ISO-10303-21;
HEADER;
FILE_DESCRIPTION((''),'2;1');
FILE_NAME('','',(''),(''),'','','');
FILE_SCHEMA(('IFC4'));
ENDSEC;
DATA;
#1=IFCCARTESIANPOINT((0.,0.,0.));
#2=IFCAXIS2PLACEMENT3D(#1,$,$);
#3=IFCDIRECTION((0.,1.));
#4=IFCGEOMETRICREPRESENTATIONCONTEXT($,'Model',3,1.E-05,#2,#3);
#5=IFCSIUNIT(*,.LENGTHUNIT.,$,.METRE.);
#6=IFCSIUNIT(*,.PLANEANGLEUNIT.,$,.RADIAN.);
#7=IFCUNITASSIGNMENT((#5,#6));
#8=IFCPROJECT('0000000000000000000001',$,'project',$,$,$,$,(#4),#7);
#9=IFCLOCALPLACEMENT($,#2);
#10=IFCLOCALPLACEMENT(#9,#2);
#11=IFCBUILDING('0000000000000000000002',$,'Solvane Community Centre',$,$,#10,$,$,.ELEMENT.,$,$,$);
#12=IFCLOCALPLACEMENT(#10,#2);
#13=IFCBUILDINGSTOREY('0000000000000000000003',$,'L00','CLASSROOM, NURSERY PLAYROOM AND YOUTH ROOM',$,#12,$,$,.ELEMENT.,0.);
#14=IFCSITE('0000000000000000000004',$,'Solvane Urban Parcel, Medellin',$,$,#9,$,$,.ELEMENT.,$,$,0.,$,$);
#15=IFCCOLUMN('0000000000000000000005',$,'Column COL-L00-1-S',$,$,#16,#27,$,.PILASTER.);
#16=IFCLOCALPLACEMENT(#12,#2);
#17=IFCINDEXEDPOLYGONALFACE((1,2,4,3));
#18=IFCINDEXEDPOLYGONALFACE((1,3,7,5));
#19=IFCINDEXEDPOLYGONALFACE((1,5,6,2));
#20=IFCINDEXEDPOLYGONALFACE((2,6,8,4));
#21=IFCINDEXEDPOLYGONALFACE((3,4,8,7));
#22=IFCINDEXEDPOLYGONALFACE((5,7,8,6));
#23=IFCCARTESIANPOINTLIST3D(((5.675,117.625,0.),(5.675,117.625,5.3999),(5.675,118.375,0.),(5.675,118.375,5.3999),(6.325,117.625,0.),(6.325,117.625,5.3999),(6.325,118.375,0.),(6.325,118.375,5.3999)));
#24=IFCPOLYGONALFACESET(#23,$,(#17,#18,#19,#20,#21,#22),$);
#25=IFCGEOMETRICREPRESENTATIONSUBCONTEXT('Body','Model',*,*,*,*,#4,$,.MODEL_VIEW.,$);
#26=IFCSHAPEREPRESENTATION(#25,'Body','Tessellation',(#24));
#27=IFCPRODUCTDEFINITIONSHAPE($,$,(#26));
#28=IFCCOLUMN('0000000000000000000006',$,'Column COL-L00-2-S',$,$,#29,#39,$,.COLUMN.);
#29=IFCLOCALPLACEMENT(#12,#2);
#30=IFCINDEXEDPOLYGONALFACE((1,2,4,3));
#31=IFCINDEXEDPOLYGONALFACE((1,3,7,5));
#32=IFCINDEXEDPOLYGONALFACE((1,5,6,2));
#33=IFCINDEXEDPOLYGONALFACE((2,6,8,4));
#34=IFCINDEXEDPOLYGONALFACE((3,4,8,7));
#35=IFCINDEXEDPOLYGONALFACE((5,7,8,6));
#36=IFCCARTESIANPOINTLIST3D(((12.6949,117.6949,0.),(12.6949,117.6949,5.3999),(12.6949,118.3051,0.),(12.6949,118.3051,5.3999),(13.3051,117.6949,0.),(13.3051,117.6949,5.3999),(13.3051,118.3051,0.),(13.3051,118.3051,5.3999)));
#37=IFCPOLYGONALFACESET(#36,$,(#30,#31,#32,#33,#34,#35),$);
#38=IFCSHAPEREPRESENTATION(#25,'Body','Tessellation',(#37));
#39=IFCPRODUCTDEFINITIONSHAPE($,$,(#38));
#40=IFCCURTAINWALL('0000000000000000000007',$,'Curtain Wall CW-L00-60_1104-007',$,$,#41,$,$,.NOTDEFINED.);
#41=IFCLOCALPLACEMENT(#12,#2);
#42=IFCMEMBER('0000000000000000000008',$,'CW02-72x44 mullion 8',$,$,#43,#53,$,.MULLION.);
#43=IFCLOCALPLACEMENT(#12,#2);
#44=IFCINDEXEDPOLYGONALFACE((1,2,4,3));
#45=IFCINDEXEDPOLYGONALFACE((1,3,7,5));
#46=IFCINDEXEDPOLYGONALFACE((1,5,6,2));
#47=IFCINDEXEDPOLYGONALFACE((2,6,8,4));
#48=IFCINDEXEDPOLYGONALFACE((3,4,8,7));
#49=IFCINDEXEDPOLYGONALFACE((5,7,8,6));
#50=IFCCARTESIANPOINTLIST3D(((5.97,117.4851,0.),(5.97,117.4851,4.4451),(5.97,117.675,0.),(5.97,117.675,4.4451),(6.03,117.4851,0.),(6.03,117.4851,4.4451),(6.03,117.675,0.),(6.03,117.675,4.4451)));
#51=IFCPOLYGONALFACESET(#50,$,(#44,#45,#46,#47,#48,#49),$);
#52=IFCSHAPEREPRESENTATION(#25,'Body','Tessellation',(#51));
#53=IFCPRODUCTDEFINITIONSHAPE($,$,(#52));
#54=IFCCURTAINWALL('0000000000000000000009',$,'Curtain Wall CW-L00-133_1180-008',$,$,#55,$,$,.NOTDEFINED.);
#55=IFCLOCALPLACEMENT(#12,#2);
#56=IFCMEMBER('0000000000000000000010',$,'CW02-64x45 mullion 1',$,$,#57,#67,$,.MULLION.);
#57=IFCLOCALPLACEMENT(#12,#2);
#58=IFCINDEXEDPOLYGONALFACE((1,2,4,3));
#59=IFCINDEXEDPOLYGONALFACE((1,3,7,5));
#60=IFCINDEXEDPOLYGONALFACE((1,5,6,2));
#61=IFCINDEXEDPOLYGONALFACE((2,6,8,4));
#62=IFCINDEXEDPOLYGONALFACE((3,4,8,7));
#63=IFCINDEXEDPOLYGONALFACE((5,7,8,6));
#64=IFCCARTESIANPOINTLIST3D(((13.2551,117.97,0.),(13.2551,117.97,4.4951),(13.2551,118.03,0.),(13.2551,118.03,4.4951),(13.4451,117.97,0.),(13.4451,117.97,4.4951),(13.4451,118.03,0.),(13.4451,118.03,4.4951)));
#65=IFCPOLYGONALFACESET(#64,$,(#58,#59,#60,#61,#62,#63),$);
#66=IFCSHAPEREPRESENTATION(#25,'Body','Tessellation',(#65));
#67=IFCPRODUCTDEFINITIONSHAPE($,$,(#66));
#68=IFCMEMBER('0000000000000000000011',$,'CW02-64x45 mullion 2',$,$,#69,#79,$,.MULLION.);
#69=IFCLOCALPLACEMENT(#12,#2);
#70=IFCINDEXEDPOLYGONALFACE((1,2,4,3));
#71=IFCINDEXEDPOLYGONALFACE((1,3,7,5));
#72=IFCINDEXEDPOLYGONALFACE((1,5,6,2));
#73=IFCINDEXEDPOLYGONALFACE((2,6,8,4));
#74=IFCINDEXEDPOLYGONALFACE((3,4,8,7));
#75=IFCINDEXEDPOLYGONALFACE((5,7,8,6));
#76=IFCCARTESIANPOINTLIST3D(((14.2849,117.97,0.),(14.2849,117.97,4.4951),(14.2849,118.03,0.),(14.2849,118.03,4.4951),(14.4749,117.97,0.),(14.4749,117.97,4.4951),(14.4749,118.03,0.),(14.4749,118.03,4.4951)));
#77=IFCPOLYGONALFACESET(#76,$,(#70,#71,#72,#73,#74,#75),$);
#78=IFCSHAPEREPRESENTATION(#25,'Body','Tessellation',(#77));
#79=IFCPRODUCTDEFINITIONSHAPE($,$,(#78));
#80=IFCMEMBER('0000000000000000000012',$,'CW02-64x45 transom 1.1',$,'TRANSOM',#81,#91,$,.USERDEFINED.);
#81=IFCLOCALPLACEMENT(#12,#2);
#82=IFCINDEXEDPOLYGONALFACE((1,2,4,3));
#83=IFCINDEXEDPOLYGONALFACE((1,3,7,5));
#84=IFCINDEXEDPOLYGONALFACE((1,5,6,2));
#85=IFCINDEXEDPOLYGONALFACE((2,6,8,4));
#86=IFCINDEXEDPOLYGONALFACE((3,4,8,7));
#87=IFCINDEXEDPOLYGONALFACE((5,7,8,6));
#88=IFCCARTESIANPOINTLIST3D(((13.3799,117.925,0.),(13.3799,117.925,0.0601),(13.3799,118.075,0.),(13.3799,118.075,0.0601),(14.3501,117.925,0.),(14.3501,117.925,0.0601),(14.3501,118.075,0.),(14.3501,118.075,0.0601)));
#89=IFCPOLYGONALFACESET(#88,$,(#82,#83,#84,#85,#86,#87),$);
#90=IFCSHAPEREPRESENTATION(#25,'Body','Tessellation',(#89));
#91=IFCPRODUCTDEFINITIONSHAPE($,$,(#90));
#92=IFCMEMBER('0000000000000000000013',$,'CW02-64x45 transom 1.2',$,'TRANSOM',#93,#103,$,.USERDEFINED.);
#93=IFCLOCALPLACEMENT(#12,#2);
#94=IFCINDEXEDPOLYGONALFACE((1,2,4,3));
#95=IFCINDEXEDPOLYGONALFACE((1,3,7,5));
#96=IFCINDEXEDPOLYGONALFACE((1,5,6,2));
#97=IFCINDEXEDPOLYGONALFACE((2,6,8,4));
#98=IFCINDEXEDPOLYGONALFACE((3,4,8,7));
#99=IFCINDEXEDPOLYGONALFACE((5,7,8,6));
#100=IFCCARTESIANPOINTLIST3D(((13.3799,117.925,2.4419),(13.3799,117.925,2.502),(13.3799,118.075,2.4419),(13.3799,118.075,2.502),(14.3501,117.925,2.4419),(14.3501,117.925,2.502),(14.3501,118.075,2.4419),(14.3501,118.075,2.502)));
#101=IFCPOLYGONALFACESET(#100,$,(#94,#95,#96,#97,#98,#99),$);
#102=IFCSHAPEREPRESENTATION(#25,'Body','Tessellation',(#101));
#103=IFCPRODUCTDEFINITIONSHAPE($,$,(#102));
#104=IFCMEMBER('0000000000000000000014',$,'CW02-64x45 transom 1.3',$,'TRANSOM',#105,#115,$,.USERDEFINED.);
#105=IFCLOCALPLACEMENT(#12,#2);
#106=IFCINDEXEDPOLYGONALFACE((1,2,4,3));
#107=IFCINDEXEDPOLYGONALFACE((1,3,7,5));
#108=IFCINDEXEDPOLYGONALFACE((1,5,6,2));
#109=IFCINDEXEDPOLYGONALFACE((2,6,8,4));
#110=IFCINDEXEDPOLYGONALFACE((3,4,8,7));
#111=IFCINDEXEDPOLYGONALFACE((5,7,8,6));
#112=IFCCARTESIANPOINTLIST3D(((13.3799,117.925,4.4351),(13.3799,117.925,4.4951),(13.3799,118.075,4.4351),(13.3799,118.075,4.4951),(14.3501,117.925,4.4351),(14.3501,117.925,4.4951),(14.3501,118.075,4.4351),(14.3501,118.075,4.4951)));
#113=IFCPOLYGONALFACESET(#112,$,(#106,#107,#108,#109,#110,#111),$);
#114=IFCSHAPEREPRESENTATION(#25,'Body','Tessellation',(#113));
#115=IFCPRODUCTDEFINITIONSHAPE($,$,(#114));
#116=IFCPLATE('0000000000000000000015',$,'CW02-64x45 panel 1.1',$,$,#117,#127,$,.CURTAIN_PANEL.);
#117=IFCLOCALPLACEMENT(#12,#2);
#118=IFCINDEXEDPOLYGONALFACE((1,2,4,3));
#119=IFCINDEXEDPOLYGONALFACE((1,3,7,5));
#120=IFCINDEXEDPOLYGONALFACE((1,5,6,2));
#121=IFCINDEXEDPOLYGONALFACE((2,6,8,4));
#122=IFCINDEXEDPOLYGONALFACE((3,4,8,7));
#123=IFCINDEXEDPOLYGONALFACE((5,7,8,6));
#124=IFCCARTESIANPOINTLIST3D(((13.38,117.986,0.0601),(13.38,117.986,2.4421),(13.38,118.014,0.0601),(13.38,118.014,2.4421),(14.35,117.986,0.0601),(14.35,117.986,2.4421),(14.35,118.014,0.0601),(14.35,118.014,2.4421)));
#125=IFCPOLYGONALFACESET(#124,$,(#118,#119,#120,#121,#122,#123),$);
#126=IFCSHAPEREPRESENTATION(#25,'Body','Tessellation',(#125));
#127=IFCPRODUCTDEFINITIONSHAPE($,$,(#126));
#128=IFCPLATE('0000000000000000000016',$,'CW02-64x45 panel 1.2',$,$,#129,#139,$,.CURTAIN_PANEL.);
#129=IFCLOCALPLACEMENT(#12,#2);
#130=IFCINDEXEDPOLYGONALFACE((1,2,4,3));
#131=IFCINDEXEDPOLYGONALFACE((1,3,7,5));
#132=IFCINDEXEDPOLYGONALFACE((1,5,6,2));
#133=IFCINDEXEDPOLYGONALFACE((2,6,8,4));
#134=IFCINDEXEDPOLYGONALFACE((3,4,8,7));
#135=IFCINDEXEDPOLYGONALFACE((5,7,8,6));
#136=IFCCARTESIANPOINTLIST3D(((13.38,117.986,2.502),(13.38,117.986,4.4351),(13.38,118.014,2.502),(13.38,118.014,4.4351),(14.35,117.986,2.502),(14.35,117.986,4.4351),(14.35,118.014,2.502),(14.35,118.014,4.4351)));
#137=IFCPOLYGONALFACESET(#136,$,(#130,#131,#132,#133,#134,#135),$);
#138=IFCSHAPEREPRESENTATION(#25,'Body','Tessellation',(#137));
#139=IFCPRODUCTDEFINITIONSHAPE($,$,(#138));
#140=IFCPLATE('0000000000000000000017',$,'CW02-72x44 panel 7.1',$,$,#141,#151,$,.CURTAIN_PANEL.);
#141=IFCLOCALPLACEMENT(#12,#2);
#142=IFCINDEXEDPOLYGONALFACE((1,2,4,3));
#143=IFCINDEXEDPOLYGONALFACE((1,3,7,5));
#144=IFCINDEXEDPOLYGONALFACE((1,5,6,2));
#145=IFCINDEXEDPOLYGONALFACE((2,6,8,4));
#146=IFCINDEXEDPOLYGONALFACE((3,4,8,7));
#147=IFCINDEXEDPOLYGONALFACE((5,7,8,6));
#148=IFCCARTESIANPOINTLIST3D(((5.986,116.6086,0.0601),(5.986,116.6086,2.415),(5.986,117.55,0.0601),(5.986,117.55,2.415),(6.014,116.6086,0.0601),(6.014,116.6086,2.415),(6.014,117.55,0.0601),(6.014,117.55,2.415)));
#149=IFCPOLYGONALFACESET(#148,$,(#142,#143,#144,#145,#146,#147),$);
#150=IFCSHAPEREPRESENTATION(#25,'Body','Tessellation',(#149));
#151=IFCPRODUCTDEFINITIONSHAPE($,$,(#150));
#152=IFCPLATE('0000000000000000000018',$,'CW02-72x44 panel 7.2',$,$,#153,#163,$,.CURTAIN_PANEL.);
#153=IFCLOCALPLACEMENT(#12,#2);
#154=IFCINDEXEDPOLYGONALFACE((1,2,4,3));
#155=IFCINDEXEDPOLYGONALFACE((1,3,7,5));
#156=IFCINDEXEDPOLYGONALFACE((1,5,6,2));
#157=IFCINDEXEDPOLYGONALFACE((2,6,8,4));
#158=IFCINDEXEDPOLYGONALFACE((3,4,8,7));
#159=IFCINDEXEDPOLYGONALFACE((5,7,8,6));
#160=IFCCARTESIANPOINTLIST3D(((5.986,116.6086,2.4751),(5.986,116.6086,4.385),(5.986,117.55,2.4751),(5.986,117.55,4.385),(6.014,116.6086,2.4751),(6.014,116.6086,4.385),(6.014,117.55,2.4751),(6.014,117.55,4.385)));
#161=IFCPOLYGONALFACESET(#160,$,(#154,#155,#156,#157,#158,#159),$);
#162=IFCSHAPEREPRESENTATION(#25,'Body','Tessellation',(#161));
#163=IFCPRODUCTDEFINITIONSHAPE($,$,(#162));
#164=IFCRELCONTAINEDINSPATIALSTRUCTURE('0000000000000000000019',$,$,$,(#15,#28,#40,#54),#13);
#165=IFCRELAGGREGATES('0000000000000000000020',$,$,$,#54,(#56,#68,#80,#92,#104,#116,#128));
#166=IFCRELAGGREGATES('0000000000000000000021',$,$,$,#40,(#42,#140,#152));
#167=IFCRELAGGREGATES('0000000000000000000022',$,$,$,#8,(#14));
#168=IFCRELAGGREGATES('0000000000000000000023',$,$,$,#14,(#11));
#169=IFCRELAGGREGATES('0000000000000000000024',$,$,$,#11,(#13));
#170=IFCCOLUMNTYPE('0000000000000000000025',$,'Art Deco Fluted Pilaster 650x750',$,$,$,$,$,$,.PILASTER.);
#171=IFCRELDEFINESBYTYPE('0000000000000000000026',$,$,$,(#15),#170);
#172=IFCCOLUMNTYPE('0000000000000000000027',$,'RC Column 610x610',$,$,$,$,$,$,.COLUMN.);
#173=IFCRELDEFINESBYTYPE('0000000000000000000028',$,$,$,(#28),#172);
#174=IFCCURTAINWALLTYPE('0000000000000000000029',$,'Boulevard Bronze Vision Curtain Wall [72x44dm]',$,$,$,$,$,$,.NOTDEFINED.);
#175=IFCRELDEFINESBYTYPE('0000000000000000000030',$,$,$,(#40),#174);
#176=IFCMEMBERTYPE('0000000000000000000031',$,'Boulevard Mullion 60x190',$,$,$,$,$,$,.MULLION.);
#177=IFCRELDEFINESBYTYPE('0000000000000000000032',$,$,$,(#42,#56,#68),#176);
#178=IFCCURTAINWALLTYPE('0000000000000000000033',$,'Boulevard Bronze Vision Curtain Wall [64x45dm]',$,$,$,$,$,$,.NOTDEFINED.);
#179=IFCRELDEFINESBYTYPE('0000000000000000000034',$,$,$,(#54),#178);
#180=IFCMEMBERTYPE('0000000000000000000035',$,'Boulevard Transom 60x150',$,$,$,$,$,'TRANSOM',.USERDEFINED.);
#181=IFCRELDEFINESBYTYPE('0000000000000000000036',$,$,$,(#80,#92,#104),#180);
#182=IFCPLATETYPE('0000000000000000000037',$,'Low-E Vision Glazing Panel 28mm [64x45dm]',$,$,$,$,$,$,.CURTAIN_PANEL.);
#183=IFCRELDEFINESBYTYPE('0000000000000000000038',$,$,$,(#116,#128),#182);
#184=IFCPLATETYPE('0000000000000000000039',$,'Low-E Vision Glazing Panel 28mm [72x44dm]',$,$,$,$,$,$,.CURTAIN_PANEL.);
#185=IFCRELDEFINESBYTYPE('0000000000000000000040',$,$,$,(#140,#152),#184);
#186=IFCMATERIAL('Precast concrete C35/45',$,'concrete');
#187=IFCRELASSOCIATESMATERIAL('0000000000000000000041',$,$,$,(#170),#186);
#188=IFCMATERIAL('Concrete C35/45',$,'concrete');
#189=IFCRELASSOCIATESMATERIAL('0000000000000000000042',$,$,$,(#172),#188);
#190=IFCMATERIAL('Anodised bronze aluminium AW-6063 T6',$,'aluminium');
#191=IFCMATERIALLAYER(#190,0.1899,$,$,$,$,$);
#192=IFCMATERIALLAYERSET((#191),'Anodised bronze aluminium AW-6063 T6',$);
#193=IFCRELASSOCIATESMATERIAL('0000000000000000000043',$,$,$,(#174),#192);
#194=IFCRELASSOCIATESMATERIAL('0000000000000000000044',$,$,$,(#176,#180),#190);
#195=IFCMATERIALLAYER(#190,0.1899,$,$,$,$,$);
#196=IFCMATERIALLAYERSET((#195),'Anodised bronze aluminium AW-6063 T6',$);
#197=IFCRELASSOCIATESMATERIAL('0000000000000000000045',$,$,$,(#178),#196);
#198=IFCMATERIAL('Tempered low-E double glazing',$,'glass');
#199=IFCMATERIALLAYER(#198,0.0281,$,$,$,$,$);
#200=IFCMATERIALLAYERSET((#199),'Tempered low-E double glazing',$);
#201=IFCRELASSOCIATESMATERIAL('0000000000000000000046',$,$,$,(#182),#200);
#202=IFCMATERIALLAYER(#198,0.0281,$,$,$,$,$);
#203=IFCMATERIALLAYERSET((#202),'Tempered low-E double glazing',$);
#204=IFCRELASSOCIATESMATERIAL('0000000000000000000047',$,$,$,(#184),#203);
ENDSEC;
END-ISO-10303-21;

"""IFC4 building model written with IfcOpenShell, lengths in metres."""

from ifc_helpers import new_model, si_unit, direction, frame, origin, origin_2d, place, context, subcontext, project, spatial, rectangle, extrude, material, layer, layer_set, material_profile, profile_set, type_object, element, aggregate, save


model = new_model("IFC4")

# Units and contexts
model_context = context("Model", 3, precision=1e-05, world=origin(), true_north=direction((0.0, 1.0)))
body_context = subcontext(model_context, "Body", "Model", "MODEL_VIEW")
ifc_project = project(units=[si_unit("LENGTHUNIT", "METRE"), si_unit("PLANEANGLEUNIT", "RADIAN")], contexts=[model_context])

# Site, building, storey
site_placement = place(None, origin())
site = spatial("IfcSite", under=ifc_project, at=site_placement, Name="Solvane Urban Parcel, Medellin", CompositionType="ELEMENT", RefElevation=0.0)
building_placement = place(site_placement, origin())
building = spatial("IfcBuilding", under=site, at=building_placement, Name="Solvane Community Centre", CompositionType="ELEMENT")
storey_placement = place(building_placement, origin())
storey = spatial("IfcBuildingStorey", under=building, at=storey_placement, Name="L00", Description="CLASSROOM, NURSERY PLAYROOM AND YOUTH ROOM", CompositionType="ELEMENT", Elevation=0.0)

# Columns
ifc_material_1 = material(Name="Precast concrete C35/45", Category="concrete")
ifc_material_profile_1 = material_profile(ifc_material_1, rectangle(XDim=0.6499, YDim=0.75, at=origin_2d()), Name="RC 650x750")
ifc_profile_set_1 = profile_set([ifc_material_profile_1], Name="Precast concrete C35/45")
column_type_1 = type_object("IfcColumnType", Name="Art Deco Fluted Pilaster 650x750", PredefinedType="PILASTER", material=ifc_profile_set_1)
column_1_placement = place(storey_placement, frame((6.0, 118.0, 0.0), z_axis=(0.0, 0.0, 1.0), x_axis=(1.0, 0.0, 0.0)))
element("IfcColumn", 1, at=column_1_placement, inside=storey, type_object=column_type_1, Name="Column COL-L00-1-S", PredefinedType="PILASTER", context=body_context, shape_type="SweptSolid", body=[
    extrude(rectangle(XDim=0.6499, YDim=0.75, at=origin_2d()), origin(), (0.0, 0.0, 1.0), 5.3999),
])
ifc_material_2 = material(Name="Concrete C35/45", Category="concrete")
ifc_material_profile_2 = material_profile(ifc_material_2, rectangle(XDim=0.6101, YDim=0.6101, at=origin_2d()), Name="RC 610x610")
ifc_profile_set_2 = profile_set([ifc_material_profile_2], Name="Concrete C35/45")
column_type_2 = type_object("IfcColumnType", Name="RC Column 610x610", PredefinedType="COLUMN", material=ifc_profile_set_2)
column_2_placement = place(storey_placement, frame((13.0, 118.0, 0.0), z_axis=(0.0, 0.0, 1.0), x_axis=(1.0, 0.0, 0.0)))
element("IfcColumn", 2, at=column_2_placement, inside=storey, type_object=column_type_2, Name="Column COL-L00-2-S", PredefinedType="COLUMN", context=body_context, shape_type="SweptSolid", body=[
    extrude(rectangle(XDim=0.6101, YDim=0.6101, at=origin_2d()), origin(), (0.0, 0.0, 1.0), 5.3999),
])

# Curtain wall, member
ifc_material_3 = material(Name="Anodised bronze aluminium AW-6063 T6", Category="aluminium")
ifc_layer_1 = layer(ifc_material_3, 0.1899)
ifc_layer_set_1 = layer_set([ifc_layer_1], Name="Anodised bronze aluminium AW-6063 T6")
curtain_wall_type_1 = type_object("IfcCurtainWallType", Name="Boulevard Bronze Vision Curtain Wall [72x44dm]", PredefinedType="NOTDEFINED", material=ifc_layer_set_1)
curtain_wall_1_placement = place(storey_placement, origin())
curtain_wall_1 = element("IfcCurtainWall", 3, at=curtain_wall_1_placement, inside=storey, type_object=curtain_wall_type_1, Name="Curtain Wall CW-L00-60_1104-007", PredefinedType="NOTDEFINED")
ifc_material_profile_3 = material_profile(ifc_material_3, rectangle(XDim=0.0601, YDim=0.1899, at=origin_2d()), Name="CW-M 60x190")
ifc_profile_set_3 = profile_set([ifc_material_profile_3], Name="Anodised bronze aluminium AW-6063 T6")
member_type_1 = type_object("IfcMemberType", Name="Boulevard Mullion 60x190", PredefinedType="MULLION", material=ifc_profile_set_3)
member_1_placement = place(storey_placement, frame((6.0, 117.5801, 0.0), z_axis=(0.0, 0.0, 1.0), x_axis=(-1.0, 0.0, 0.0)))
member_1 = element("IfcMember", 4, at=member_1_placement, type_object=member_type_1, Name="CW02-72x44 mullion 8", PredefinedType="MULLION", context=body_context, shape_type="SweptSolid", body=[
    extrude(rectangle(XDim=0.0601, YDim=0.1899, at=origin_2d()), origin(), (0.0, 0.0, 1.0), 4.4451),
])

# Curtain wall, members, plates
ifc_layer_2 = layer(ifc_material_3, 0.1899)
ifc_layer_set_2 = layer_set([ifc_layer_2], Name="Anodised bronze aluminium AW-6063 T6")
curtain_wall_type_2 = type_object("IfcCurtainWallType", Name="Boulevard Bronze Vision Curtain Wall [64x45dm]", PredefinedType="NOTDEFINED", material=ifc_layer_set_2)
curtain_wall_2_placement = place(storey_placement, origin())
curtain_wall_2 = element("IfcCurtainWall", 5, at=curtain_wall_2_placement, inside=storey, type_object=curtain_wall_type_2, Name="Curtain Wall CW-L00-133_1180-008", PredefinedType="NOTDEFINED")
member_2_placement = place(storey_placement, frame((13.3501, 118.0, 0.0), z_axis=(0.0, 0.0, 1.0), x_axis=(0.0, 1.0, 0.0)))
member_2 = element("IfcMember", 6, at=member_2_placement, type_object=member_type_1, Name="CW02-64x45 mullion 1", PredefinedType="MULLION", context=body_context, shape_type="SweptSolid", body=[
    extrude(rectangle(XDim=0.0601, YDim=0.1899, at=origin_2d()), origin(), (0.0, 0.0, 1.0), 4.4951),
])
member_3_placement = place(storey_placement, frame((14.3799, 118.0, 0.0), z_axis=(0.0, 0.0, 1.0), x_axis=(0.0, 1.0, 0.0)))
member_3 = element("IfcMember", 7, at=member_3_placement, type_object=member_type_1, Name="CW02-64x45 mullion 2", PredefinedType="MULLION", context=body_context, shape_type="SweptSolid", body=[
    extrude(rectangle(XDim=0.0601, YDim=0.1899, at=origin_2d()), origin(), (0.0, 0.0, 1.0), 4.4951),
])
ifc_material_profile_4 = material_profile(ifc_material_3, rectangle(XDim=0.1499, YDim=0.0601, at=origin_2d()), Name="CW-T 60x150")
ifc_profile_set_4 = profile_set([ifc_material_profile_4], Name="Anodised bronze aluminium AW-6063 T6")
member_type_2 = type_object("IfcMemberType", Name="Boulevard Transom 60x150", ElementType="TRANSOM", PredefinedType="USERDEFINED", material=ifc_profile_set_4)
member_4_placement = place(storey_placement, frame((13.3799, 118.0, 0.03), z_axis=(1.0, 0.0, 0.0), x_axis=(0.0, 1.0, 0.0)))
member_4 = element("IfcMember", 8, at=member_4_placement, type_object=member_type_2, Name="CW02-64x45 transom 1.1", ObjectType="TRANSOM", PredefinedType="USERDEFINED", context=body_context, shape_type="SweptSolid", body=[
    extrude(rectangle(XDim=0.1499, YDim=0.0601, at=origin_2d()), origin(), (0.0, 0.0, 1.0), 0.9702),
])
member_5_placement = place(storey_placement, frame((13.3799, 118.0, 2.4719), z_axis=(1.0, 0.0, 0.0), x_axis=(0.0, 1.0, 0.0)))
member_5 = element("IfcMember", 9, at=member_5_placement, type_object=member_type_2, Name="CW02-64x45 transom 1.2", ObjectType="TRANSOM", PredefinedType="USERDEFINED", context=body_context, shape_type="SweptSolid", body=[
    extrude(rectangle(XDim=0.1499, YDim=0.0601, at=origin_2d()), origin(), (0.0, 0.0, 1.0), 0.9702),
])
member_6_placement = place(storey_placement, frame((13.3799, 118.0, 4.4651), z_axis=(1.0, 0.0, 0.0), x_axis=(0.0, 1.0, 0.0)))
member_6 = element("IfcMember", 10, at=member_6_placement, type_object=member_type_2, Name="CW02-64x45 transom 1.3", ObjectType="TRANSOM", PredefinedType="USERDEFINED", context=body_context, shape_type="SweptSolid", body=[
    extrude(rectangle(XDim=0.1499, YDim=0.0601, at=origin_2d()), origin(), (0.0, 0.0, 1.0), 0.9702),
])
ifc_material_4 = material(Name="Tempered low-E double glazing", Category="glass")
ifc_layer_3 = layer(ifc_material_4, 0.0281)
ifc_layer_set_3 = layer_set([ifc_layer_3], Name="Tempered low-E double glazing")
plate_type_1 = type_object("IfcPlateType", Name="Low-E Vision Glazing Panel 28mm [64x45dm]", PredefinedType="CURTAIN_PANEL", material=ifc_layer_set_3)
plate_1_placement = place(storey_placement, frame((13.865, 118.0, 0.0601), z_axis=(0.0, 0.0, 1.0), x_axis=(1.0, 0.0, 0.0)))
plate_1 = element("IfcPlate", 11, at=plate_1_placement, type_object=plate_type_1, Name="CW02-64x45 panel 1.1", PredefinedType="CURTAIN_PANEL", context=body_context, shape_type="SweptSolid", body=[
    extrude(rectangle(XDim=0.97, YDim=0.0281, at=origin_2d()), origin(), (0.0, 0.0, 1.0), 2.3821),
])
plate_2_placement = place(storey_placement, frame((13.865, 118.0, 2.502), z_axis=(0.0, 0.0, 1.0), x_axis=(1.0, 0.0, 0.0)))
plate_2 = element("IfcPlate", 12, at=plate_2_placement, type_object=plate_type_1, Name="CW02-64x45 panel 1.2", PredefinedType="CURTAIN_PANEL", context=body_context, shape_type="SweptSolid", body=[
    extrude(rectangle(XDim=0.97, YDim=0.0281, at=origin_2d()), origin(), (0.0, 0.0, 1.0), 1.9331),
])
aggregate(curtain_wall_2, [member_2, member_3, member_4, member_5, member_6, plate_1, plate_2])

# Plates
ifc_layer_4 = layer(ifc_material_4, 0.0281)
ifc_layer_set_4 = layer_set([ifc_layer_4], Name="Tempered low-E double glazing")
plate_type_2 = type_object("IfcPlateType", Name="Low-E Vision Glazing Panel 28mm [72x44dm]", PredefinedType="CURTAIN_PANEL", material=ifc_layer_set_4)
plate_3_placement = place(storey_placement, frame((6.0, 117.0793, 0.0601), z_axis=(0.0, 0.0, 1.0), x_axis=(0.0, 1.0, 0.0)))
plate_3 = element("IfcPlate", 13, at=plate_3_placement, type_object=plate_type_2, Name="CW02-72x44 panel 7.1", PredefinedType="CURTAIN_PANEL", context=body_context, shape_type="SweptSolid", body=[
    extrude(rectangle(XDim=0.9414, YDim=0.0281, at=origin_2d()), origin(), (0.0, 0.0, 1.0), 2.355),
])
plate_4_placement = place(storey_placement, frame((6.0, 117.0793, 2.4751), z_axis=(0.0, 0.0, 1.0), x_axis=(0.0, 1.0, 0.0)))
plate_4 = element("IfcPlate", 14, at=plate_4_placement, type_object=plate_type_2, Name="CW02-72x44 panel 7.2", PredefinedType="CURTAIN_PANEL", context=body_context, shape_type="SweptSolid", body=[
    extrude(rectangle(XDim=0.9414, YDim=0.0281, at=origin_2d()), origin(), (0.0, 0.0, 1.0), 1.9099),
])
aggregate(curtain_wall_1, [member_1, plate_3, plate_4])

save(model, "model.ifc")
